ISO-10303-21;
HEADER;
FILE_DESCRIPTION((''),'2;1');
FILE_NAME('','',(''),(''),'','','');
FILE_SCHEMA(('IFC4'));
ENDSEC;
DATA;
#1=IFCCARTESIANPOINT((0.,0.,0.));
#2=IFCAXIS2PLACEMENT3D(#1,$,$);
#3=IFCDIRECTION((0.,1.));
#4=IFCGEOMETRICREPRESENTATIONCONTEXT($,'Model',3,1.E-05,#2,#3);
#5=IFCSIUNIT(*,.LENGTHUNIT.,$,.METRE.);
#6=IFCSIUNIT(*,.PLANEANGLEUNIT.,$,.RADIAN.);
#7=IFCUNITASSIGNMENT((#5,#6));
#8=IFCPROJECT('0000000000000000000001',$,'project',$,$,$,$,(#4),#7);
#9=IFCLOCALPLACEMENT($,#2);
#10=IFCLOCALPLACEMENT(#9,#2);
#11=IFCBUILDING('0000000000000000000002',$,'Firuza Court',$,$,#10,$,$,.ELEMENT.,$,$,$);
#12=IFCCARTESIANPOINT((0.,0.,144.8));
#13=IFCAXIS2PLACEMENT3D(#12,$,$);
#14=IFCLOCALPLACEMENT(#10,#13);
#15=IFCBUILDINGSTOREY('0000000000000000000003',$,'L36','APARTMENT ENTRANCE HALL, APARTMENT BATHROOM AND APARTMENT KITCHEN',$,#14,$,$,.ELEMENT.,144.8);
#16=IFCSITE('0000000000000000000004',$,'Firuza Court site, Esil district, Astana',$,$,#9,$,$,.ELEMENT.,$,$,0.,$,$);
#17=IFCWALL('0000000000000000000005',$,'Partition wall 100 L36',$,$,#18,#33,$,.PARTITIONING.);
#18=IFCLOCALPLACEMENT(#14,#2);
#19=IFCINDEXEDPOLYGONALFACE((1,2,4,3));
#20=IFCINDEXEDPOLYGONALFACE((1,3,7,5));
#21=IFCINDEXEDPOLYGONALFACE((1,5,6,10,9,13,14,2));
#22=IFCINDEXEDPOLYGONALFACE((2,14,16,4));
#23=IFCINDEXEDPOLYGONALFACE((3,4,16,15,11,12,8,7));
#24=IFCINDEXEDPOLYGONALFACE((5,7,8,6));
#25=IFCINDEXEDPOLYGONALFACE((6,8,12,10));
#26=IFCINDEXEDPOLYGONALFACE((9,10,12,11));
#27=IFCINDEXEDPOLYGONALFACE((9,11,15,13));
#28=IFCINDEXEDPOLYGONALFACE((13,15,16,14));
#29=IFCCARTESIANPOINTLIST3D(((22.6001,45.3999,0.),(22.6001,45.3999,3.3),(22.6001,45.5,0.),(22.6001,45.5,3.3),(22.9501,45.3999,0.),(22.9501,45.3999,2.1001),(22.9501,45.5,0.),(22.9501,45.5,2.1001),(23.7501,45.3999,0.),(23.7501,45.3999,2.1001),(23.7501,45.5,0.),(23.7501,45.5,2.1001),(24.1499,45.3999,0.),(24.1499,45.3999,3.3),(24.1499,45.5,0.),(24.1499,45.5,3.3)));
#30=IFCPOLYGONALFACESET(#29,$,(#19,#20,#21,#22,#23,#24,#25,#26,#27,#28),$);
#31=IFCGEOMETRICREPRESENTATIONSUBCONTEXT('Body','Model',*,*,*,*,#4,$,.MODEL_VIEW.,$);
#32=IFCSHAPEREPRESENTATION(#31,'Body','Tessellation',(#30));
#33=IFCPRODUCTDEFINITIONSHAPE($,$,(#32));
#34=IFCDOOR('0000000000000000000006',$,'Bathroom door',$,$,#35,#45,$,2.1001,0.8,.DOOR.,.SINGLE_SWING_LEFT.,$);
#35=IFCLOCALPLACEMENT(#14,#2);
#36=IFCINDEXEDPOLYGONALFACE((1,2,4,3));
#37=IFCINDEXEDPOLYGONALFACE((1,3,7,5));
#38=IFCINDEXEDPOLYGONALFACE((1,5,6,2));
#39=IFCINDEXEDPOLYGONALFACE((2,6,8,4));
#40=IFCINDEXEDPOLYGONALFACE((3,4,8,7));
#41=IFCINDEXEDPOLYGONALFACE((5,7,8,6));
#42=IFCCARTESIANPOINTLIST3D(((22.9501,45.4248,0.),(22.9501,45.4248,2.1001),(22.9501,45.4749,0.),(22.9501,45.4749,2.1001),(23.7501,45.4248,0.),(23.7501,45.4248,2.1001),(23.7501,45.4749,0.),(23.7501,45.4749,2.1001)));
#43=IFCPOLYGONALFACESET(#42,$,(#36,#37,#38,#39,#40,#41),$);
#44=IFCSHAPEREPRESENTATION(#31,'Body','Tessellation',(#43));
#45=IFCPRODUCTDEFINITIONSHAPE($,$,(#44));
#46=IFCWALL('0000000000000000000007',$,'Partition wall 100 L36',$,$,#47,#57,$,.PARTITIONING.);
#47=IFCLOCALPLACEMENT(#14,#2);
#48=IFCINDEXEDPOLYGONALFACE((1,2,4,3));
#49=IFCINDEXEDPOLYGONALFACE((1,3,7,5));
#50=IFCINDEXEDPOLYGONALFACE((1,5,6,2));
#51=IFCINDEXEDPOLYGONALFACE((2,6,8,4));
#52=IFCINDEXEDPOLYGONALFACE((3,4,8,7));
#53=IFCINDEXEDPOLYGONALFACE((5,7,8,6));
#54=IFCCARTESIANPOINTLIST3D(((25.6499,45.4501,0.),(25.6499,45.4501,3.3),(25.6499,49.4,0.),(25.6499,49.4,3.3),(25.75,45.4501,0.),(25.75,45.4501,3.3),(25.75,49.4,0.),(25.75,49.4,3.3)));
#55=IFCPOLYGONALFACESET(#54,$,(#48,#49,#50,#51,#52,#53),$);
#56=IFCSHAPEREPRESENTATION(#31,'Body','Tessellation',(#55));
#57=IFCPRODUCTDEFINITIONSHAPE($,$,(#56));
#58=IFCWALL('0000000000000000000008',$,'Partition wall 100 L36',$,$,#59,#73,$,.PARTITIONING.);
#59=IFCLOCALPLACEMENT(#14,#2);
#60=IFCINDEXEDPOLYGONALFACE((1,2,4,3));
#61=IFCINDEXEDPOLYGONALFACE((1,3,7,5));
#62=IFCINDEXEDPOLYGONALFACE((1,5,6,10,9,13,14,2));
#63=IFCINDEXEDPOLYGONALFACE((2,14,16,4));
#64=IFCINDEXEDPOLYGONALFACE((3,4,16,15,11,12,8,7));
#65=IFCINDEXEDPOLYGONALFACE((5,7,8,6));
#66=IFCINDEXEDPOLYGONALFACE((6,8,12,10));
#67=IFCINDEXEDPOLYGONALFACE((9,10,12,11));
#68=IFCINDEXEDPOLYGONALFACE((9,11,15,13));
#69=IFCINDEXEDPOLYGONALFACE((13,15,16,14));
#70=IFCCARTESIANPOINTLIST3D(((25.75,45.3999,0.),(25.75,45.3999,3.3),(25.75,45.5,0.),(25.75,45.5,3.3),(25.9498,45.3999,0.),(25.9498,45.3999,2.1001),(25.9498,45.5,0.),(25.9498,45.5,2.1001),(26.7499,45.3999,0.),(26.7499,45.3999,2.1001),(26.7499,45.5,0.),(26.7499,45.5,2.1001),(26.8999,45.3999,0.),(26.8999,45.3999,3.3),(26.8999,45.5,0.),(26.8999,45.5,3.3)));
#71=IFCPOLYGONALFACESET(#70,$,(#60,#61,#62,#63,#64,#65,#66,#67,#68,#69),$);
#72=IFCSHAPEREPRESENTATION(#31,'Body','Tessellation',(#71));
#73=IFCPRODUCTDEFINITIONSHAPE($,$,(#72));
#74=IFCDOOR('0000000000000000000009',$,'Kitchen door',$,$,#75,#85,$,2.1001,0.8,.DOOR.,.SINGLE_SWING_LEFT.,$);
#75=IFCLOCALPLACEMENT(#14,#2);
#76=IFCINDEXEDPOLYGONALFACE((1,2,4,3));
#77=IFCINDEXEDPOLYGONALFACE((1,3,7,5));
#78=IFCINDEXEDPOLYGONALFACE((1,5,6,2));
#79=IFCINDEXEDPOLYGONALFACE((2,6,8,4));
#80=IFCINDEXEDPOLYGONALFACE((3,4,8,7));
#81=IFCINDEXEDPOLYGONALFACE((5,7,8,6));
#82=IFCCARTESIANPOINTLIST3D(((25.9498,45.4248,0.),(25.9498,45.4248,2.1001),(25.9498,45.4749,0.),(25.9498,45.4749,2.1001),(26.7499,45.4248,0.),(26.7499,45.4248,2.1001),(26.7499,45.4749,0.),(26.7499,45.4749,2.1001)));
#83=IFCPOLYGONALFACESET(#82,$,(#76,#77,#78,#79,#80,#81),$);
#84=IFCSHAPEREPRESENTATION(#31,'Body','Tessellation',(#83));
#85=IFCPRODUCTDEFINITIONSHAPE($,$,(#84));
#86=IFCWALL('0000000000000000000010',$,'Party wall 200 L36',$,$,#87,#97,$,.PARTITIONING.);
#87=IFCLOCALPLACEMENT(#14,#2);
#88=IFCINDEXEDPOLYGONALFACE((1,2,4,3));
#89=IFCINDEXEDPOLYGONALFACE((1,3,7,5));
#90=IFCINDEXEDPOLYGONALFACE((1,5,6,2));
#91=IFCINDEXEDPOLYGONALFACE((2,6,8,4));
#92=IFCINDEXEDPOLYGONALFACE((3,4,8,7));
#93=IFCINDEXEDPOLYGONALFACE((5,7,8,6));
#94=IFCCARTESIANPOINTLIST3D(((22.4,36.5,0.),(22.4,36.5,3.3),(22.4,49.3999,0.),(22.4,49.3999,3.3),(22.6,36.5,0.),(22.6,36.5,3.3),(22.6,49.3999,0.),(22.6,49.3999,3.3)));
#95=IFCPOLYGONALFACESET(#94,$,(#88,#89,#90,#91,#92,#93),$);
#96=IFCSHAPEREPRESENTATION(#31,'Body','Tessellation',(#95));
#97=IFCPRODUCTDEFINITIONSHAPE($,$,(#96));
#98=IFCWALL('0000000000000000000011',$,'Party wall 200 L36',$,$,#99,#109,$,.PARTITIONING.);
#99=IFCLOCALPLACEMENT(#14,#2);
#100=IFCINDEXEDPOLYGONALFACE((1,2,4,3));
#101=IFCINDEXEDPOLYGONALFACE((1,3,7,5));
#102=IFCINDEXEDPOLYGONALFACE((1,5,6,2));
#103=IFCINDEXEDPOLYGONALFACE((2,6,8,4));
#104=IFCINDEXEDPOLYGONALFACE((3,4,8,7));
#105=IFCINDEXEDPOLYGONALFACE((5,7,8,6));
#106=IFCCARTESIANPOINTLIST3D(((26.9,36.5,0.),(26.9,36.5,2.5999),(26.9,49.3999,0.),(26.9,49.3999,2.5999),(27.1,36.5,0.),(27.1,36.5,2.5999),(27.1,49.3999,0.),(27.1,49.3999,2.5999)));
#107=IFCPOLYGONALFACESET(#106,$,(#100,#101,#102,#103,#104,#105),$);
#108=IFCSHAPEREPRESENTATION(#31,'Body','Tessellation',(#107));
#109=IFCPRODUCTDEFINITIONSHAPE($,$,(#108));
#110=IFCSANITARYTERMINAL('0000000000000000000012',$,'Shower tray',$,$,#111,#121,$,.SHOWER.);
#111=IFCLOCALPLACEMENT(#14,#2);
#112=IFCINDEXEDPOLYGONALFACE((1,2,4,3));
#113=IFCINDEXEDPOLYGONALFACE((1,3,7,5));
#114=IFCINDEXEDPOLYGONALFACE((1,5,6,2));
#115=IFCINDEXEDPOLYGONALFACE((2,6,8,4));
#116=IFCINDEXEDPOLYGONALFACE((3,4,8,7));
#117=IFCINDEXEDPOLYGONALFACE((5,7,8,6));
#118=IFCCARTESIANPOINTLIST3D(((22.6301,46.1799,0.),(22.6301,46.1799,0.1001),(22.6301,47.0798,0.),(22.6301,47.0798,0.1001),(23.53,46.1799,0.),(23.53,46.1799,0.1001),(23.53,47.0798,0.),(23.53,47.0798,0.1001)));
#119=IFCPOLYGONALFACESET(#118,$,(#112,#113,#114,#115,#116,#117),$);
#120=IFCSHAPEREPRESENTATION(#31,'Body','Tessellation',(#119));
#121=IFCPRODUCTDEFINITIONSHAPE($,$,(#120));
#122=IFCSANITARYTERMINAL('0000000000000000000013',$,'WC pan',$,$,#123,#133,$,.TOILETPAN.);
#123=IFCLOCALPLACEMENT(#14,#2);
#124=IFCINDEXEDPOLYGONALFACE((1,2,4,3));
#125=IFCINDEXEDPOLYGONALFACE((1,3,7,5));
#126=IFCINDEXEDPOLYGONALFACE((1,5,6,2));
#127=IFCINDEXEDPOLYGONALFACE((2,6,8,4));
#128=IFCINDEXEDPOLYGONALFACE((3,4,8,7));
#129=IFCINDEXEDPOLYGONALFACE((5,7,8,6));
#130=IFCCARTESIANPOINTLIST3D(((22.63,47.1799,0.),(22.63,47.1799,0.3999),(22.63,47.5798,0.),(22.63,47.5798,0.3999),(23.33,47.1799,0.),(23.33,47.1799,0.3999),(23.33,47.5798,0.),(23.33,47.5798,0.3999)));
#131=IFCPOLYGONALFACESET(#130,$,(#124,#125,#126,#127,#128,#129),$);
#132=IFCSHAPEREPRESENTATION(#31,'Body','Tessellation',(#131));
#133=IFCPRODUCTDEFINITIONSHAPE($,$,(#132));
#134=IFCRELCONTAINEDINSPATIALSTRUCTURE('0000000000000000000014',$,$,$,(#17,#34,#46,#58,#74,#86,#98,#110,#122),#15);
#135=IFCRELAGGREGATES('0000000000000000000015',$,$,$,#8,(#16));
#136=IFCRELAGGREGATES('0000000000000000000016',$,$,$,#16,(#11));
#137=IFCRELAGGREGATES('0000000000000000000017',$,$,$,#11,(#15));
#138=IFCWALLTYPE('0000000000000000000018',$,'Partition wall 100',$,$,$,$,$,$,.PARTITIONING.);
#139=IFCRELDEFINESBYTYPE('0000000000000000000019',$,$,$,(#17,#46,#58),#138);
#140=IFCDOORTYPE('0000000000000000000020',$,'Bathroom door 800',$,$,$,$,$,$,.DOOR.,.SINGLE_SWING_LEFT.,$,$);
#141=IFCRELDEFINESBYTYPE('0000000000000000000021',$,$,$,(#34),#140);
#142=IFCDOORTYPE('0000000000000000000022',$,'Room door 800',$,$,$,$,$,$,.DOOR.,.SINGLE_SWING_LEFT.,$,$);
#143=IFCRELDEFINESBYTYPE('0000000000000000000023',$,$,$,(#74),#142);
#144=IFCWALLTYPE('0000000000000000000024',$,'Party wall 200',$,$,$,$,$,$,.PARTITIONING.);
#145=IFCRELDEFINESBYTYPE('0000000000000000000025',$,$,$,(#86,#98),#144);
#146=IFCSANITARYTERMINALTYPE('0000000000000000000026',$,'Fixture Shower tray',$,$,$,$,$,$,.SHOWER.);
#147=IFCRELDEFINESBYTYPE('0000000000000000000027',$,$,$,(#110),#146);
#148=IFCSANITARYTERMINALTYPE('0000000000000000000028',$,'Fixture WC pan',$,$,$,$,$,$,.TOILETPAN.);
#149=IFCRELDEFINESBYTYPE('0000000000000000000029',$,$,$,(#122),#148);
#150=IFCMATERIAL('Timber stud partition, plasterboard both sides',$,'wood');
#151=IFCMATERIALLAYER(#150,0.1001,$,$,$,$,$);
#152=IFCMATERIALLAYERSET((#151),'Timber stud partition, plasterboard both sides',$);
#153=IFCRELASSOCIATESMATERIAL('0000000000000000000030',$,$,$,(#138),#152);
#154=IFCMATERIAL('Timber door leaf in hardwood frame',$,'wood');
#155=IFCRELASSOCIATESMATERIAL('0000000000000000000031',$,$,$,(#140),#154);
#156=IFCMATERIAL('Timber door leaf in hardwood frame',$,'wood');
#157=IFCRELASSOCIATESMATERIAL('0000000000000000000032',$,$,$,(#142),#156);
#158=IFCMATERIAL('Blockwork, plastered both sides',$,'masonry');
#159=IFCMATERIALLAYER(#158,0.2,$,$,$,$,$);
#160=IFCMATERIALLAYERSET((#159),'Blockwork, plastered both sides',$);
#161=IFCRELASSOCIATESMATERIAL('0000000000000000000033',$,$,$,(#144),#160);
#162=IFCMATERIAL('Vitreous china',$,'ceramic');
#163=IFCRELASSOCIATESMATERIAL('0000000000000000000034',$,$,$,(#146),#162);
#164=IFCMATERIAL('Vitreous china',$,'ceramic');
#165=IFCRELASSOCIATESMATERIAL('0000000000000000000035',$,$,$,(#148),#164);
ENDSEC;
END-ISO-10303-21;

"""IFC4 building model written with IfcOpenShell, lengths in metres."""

from ifc_helpers import new_model, si_unit, direction, frame, frame_2d, origin, origin_2d, place, context, subcontext, project, spatial, rectangle, extrude, material, layer, layer_set, type_object, element, fill, save


model = new_model("IFC4")

# Units and contexts
model_context = context("Model", 3, precision=1e-05, world=origin(), true_north=direction((0.0, 1.0)))
body_context = subcontext(model_context, "Body", "Model", "MODEL_VIEW")
ifc_project = project(units=[si_unit("LENGTHUNIT", "METRE"), si_unit("PLANEANGLEUNIT", "RADIAN")], contexts=[model_context])

# Site, building, storey
site_placement = place(None, origin())
site = spatial("IfcSite", under=ifc_project, at=site_placement, Name="Firuza Court site, Esil district, Astana", CompositionType="ELEMENT", RefElevation=0.0)
building_placement = place(site_placement, origin())
building = spatial("IfcBuilding", under=site, at=building_placement, Name="Firuza Court", CompositionType="ELEMENT")
storey_placement = place(building_placement, frame((0.0, 0.0, 144.8)))
storey = spatial("IfcBuildingStorey", under=building, at=storey_placement, Name="L36", Description="APARTMENT ENTRANCE HALL, APARTMENT BATHROOM AND APARTMENT KITCHEN", CompositionType="ELEMENT", Elevation=144.8)

# Wall, opening, door
ifc_material_1 = material(Name="Blockwork, plastered both sides", Category="masonry")
ifc_material_2 = material(Name="Timber stud partition, plasterboard both sides", Category="wood")
ifc_layer_1 = layer(ifc_material_2, 0.1001)
ifc_layer_set_1 = layer_set([ifc_layer_1], Name="Timber stud partition, plasterboard both sides")
wall_type_1 = type_object("IfcWallType", Name="Partition wall 100", PredefinedType="PARTITIONING", material=ifc_layer_set_1)
wall_1_placement = place(storey_placement, frame((22.6001, 45.45, 0.0), z_axis=(0.0, 0.0, 1.0), x_axis=(1.0, 0.0, 0.0)))
wall_1 = element("IfcWall", 1, at=wall_1_placement, inside=storey, type_object=wall_type_1, Name="Partition wall 100 L36", PredefinedType="PARTITIONING", context=body_context, shape_type="SweptSolid", body=[
    extrude(rectangle(XDim=1.5498, YDim=0.1001, at=frame_2d((0.7749, 0.0))), origin(), (0.0, 0.0, 1.0), 3.3),
])
opening_1_placement = place(wall_1_placement, frame((0.3501, 0.0, 0.0)))
opening_1 = element("IfcOpeningElement", 2, at=opening_1_placement, cuts=wall_1, PredefinedType="OPENING", context=body_context, shape_type="SweptSolid", body=[
    extrude(rectangle(XDim=0.8, YDim=2.1001, at=frame_2d((0.3999, 1.05))), frame((0.0, 0.062, 0.0), z_axis=(0.0, -1.0, 0.0), x_axis=(1.0, 0.0, 0.0)), (0.0, 0.0, 1.0), 0.124),
])
ifc_material_3 = material(Name="Timber door leaf in hardwood frame", Category="wood")
door_type_1 = type_object("IfcDoorType", Name="Bathroom door 800", OperationType="SINGLE_SWING_LEFT", PredefinedType="DOOR", material=ifc_material_3)
door_1_placement = place(opening_1_placement, origin())
door_1 = element("IfcDoor", 3, at=door_1_placement, inside=storey, type_object=door_type_1, Name="Bathroom door", OperationType="SINGLE_SWING_LEFT", OverallHeight=2.1001, OverallWidth=0.8, PredefinedType="DOOR", context=body_context, shape_type="SweptSolid", body=[
    extrude(rectangle(XDim=0.8, YDim=2.1001, at=frame_2d((0.3999, 1.05))), frame((0.0, 0.0249, 0.0), z_axis=(0.0, -1.0, 0.0), x_axis=(1.0, 0.0, 0.0)), (0.0, 0.0, 1.0), 0.05),
])
fill(opening_1, door_1)

# Wall
wall_2_placement = place(storey_placement, frame((25.7, 45.45, 0.0), z_axis=(0.0, 0.0, 1.0), x_axis=(0.0, 1.0, 0.0)))
element("IfcWall", 4, at=wall_2_placement, inside=storey, type_object=wall_type_1, Name="Partition wall 100 L36", PredefinedType="PARTITIONING", context=body_context, shape_type="SweptSolid", body=[
    extrude(rectangle(XDim=3.95, YDim=0.1001, at=frame_2d((1.9751, 0.0))), origin(), (0.0, 0.0, 1.0), 3.3),
])

# Wall, opening, door
wall_3_placement = place(storey_placement, frame((25.75, 45.45, 0.0), z_axis=(0.0, 0.0, 1.0), x_axis=(1.0, 0.0, 0.0)))
wall_3 = element("IfcWall", 5, at=wall_3_placement, inside=storey, type_object=wall_type_1, Name="Partition wall 100 L36", PredefinedType="PARTITIONING", context=body_context, shape_type="SweptSolid", body=[
    extrude(rectangle(XDim=1.1499, YDim=0.1001, at=frame_2d((0.575, 0.0))), origin(), (0.0, 0.0, 1.0), 3.3),
])
opening_2_placement = place(wall_3_placement, frame((0.2, 0.0, 0.0)))
opening_2 = element("IfcOpeningElement", 6, at=opening_2_placement, cuts=wall_3, PredefinedType="OPENING", context=body_context, shape_type="SweptSolid", body=[
    extrude(rectangle(XDim=0.8, YDim=2.1001, at=frame_2d((0.3999, 1.05))), frame((0.0, 0.062, 0.0), z_axis=(0.0, -1.0, 0.0), x_axis=(1.0, 0.0, 0.0)), (0.0, 0.0, 1.0), 0.124),
])
ifc_material_4 = material(Name="Timber door leaf in hardwood frame", Category="wood")
door_type_2 = type_object("IfcDoorType", Name="Room door 800", OperationType="SINGLE_SWING_LEFT", PredefinedType="DOOR", material=ifc_material_4)
door_2_placement = place(opening_2_placement, origin())
door_2 = element("IfcDoor", 7, at=door_2_placement, inside=storey, type_object=door_type_2, Name="Kitchen door", OperationType="SINGLE_SWING_LEFT", OverallHeight=2.1001, OverallWidth=0.8, PredefinedType="DOOR", context=body_context, shape_type="SweptSolid", body=[
    extrude(rectangle(XDim=0.8, YDim=2.1001, at=frame_2d((0.3999, 1.05))), frame((0.0, 0.0249, 0.0), z_axis=(0.0, -1.0, 0.0), x_axis=(1.0, 0.0, 0.0)), (0.0, 0.0, 1.0), 0.05),
])
fill(opening_2, door_2)

# Walls
ifc_layer_2 = layer(ifc_material_1, 0.2)
ifc_layer_set_2 = layer_set([ifc_layer_2], Name="Blockwork, plastered both sides")
wall_type_2 = type_object("IfcWallType", Name="Party wall 200", PredefinedType="PARTITIONING", material=ifc_layer_set_2)
wall_4_placement = place(storey_placement, frame((22.5, 36.5, 0.0), z_axis=(0.0, 0.0, 1.0), x_axis=(0.0, 1.0, 0.0)))
element("IfcWall", 8, at=wall_4_placement, inside=storey, type_object=wall_type_2, Name="Party wall 200 L36", PredefinedType="PARTITIONING", context=body_context, shape_type="SweptSolid", body=[
    extrude(rectangle(XDim=12.8999, YDim=0.2, at=frame_2d((6.45, 0.0))), origin(), (0.0, 0.0, 1.0), 3.3),
])
wall_5_placement = place(storey_placement, frame((27.0, 36.5, 0.0), z_axis=(0.0, 0.0, 1.0), x_axis=(0.0, 1.0, 0.0)))
element("IfcWall", 9, at=wall_5_placement, inside=storey, type_object=wall_type_2, Name="Party wall 200 L36", PredefinedType="PARTITIONING", context=body_context, shape_type="SweptSolid", body=[
    extrude(rectangle(XDim=12.8999, YDim=0.2, at=frame_2d((6.45, 0.0))), origin(), (0.0, 0.0, 1.0), 2.5999),
])

# Sanitary terminals
ifc_material_5 = material(Name="Vitreous china", Category="ceramic")
sanitary_terminal_type_1 = type_object("IfcSanitaryTerminalType", Name="Fixture Shower tray", PredefinedType="SHOWER", material=ifc_material_5)
sanitary_terminal_1_placement = place(storey_placement, frame((23.0801, 46.6299, 0.0), z_axis=(0.0, 0.0, 1.0), x_axis=(1.0, 0.0, 0.0)))
element("IfcSanitaryTerminal", 10, at=sanitary_terminal_1_placement, inside=storey, type_object=sanitary_terminal_type_1, Name="Shower tray", PredefinedType="SHOWER", context=body_context, shape_type="SweptSolid", body=[
    extrude(rectangle(XDim=0.8999, YDim=0.8999, at=origin_2d()), origin(), (0.0, 0.0, 1.0), 0.1001),
])
ifc_material_6 = material(Name="Vitreous china", Category="ceramic")
sanitary_terminal_type_2 = type_object("IfcSanitaryTerminalType", Name="Fixture WC pan", PredefinedType="TOILETPAN", material=ifc_material_6)
sanitary_terminal_2_placement = place(storey_placement, frame((22.98, 47.3799, 0.0), z_axis=(0.0, 0.0, 1.0), x_axis=(1.0, 0.0, 0.0)))
element("IfcSanitaryTerminal", 11, at=sanitary_terminal_2_placement, inside=storey, type_object=sanitary_terminal_type_2, Name="WC pan", PredefinedType="TOILETPAN", context=body_context, shape_type="SweptSolid", body=[
    extrude(rectangle(XDim=0.7, YDim=0.3999, at=origin_2d()), origin(), (0.0, 0.0, 1.0), 0.3999),
])

save(model, "model.ifc")
